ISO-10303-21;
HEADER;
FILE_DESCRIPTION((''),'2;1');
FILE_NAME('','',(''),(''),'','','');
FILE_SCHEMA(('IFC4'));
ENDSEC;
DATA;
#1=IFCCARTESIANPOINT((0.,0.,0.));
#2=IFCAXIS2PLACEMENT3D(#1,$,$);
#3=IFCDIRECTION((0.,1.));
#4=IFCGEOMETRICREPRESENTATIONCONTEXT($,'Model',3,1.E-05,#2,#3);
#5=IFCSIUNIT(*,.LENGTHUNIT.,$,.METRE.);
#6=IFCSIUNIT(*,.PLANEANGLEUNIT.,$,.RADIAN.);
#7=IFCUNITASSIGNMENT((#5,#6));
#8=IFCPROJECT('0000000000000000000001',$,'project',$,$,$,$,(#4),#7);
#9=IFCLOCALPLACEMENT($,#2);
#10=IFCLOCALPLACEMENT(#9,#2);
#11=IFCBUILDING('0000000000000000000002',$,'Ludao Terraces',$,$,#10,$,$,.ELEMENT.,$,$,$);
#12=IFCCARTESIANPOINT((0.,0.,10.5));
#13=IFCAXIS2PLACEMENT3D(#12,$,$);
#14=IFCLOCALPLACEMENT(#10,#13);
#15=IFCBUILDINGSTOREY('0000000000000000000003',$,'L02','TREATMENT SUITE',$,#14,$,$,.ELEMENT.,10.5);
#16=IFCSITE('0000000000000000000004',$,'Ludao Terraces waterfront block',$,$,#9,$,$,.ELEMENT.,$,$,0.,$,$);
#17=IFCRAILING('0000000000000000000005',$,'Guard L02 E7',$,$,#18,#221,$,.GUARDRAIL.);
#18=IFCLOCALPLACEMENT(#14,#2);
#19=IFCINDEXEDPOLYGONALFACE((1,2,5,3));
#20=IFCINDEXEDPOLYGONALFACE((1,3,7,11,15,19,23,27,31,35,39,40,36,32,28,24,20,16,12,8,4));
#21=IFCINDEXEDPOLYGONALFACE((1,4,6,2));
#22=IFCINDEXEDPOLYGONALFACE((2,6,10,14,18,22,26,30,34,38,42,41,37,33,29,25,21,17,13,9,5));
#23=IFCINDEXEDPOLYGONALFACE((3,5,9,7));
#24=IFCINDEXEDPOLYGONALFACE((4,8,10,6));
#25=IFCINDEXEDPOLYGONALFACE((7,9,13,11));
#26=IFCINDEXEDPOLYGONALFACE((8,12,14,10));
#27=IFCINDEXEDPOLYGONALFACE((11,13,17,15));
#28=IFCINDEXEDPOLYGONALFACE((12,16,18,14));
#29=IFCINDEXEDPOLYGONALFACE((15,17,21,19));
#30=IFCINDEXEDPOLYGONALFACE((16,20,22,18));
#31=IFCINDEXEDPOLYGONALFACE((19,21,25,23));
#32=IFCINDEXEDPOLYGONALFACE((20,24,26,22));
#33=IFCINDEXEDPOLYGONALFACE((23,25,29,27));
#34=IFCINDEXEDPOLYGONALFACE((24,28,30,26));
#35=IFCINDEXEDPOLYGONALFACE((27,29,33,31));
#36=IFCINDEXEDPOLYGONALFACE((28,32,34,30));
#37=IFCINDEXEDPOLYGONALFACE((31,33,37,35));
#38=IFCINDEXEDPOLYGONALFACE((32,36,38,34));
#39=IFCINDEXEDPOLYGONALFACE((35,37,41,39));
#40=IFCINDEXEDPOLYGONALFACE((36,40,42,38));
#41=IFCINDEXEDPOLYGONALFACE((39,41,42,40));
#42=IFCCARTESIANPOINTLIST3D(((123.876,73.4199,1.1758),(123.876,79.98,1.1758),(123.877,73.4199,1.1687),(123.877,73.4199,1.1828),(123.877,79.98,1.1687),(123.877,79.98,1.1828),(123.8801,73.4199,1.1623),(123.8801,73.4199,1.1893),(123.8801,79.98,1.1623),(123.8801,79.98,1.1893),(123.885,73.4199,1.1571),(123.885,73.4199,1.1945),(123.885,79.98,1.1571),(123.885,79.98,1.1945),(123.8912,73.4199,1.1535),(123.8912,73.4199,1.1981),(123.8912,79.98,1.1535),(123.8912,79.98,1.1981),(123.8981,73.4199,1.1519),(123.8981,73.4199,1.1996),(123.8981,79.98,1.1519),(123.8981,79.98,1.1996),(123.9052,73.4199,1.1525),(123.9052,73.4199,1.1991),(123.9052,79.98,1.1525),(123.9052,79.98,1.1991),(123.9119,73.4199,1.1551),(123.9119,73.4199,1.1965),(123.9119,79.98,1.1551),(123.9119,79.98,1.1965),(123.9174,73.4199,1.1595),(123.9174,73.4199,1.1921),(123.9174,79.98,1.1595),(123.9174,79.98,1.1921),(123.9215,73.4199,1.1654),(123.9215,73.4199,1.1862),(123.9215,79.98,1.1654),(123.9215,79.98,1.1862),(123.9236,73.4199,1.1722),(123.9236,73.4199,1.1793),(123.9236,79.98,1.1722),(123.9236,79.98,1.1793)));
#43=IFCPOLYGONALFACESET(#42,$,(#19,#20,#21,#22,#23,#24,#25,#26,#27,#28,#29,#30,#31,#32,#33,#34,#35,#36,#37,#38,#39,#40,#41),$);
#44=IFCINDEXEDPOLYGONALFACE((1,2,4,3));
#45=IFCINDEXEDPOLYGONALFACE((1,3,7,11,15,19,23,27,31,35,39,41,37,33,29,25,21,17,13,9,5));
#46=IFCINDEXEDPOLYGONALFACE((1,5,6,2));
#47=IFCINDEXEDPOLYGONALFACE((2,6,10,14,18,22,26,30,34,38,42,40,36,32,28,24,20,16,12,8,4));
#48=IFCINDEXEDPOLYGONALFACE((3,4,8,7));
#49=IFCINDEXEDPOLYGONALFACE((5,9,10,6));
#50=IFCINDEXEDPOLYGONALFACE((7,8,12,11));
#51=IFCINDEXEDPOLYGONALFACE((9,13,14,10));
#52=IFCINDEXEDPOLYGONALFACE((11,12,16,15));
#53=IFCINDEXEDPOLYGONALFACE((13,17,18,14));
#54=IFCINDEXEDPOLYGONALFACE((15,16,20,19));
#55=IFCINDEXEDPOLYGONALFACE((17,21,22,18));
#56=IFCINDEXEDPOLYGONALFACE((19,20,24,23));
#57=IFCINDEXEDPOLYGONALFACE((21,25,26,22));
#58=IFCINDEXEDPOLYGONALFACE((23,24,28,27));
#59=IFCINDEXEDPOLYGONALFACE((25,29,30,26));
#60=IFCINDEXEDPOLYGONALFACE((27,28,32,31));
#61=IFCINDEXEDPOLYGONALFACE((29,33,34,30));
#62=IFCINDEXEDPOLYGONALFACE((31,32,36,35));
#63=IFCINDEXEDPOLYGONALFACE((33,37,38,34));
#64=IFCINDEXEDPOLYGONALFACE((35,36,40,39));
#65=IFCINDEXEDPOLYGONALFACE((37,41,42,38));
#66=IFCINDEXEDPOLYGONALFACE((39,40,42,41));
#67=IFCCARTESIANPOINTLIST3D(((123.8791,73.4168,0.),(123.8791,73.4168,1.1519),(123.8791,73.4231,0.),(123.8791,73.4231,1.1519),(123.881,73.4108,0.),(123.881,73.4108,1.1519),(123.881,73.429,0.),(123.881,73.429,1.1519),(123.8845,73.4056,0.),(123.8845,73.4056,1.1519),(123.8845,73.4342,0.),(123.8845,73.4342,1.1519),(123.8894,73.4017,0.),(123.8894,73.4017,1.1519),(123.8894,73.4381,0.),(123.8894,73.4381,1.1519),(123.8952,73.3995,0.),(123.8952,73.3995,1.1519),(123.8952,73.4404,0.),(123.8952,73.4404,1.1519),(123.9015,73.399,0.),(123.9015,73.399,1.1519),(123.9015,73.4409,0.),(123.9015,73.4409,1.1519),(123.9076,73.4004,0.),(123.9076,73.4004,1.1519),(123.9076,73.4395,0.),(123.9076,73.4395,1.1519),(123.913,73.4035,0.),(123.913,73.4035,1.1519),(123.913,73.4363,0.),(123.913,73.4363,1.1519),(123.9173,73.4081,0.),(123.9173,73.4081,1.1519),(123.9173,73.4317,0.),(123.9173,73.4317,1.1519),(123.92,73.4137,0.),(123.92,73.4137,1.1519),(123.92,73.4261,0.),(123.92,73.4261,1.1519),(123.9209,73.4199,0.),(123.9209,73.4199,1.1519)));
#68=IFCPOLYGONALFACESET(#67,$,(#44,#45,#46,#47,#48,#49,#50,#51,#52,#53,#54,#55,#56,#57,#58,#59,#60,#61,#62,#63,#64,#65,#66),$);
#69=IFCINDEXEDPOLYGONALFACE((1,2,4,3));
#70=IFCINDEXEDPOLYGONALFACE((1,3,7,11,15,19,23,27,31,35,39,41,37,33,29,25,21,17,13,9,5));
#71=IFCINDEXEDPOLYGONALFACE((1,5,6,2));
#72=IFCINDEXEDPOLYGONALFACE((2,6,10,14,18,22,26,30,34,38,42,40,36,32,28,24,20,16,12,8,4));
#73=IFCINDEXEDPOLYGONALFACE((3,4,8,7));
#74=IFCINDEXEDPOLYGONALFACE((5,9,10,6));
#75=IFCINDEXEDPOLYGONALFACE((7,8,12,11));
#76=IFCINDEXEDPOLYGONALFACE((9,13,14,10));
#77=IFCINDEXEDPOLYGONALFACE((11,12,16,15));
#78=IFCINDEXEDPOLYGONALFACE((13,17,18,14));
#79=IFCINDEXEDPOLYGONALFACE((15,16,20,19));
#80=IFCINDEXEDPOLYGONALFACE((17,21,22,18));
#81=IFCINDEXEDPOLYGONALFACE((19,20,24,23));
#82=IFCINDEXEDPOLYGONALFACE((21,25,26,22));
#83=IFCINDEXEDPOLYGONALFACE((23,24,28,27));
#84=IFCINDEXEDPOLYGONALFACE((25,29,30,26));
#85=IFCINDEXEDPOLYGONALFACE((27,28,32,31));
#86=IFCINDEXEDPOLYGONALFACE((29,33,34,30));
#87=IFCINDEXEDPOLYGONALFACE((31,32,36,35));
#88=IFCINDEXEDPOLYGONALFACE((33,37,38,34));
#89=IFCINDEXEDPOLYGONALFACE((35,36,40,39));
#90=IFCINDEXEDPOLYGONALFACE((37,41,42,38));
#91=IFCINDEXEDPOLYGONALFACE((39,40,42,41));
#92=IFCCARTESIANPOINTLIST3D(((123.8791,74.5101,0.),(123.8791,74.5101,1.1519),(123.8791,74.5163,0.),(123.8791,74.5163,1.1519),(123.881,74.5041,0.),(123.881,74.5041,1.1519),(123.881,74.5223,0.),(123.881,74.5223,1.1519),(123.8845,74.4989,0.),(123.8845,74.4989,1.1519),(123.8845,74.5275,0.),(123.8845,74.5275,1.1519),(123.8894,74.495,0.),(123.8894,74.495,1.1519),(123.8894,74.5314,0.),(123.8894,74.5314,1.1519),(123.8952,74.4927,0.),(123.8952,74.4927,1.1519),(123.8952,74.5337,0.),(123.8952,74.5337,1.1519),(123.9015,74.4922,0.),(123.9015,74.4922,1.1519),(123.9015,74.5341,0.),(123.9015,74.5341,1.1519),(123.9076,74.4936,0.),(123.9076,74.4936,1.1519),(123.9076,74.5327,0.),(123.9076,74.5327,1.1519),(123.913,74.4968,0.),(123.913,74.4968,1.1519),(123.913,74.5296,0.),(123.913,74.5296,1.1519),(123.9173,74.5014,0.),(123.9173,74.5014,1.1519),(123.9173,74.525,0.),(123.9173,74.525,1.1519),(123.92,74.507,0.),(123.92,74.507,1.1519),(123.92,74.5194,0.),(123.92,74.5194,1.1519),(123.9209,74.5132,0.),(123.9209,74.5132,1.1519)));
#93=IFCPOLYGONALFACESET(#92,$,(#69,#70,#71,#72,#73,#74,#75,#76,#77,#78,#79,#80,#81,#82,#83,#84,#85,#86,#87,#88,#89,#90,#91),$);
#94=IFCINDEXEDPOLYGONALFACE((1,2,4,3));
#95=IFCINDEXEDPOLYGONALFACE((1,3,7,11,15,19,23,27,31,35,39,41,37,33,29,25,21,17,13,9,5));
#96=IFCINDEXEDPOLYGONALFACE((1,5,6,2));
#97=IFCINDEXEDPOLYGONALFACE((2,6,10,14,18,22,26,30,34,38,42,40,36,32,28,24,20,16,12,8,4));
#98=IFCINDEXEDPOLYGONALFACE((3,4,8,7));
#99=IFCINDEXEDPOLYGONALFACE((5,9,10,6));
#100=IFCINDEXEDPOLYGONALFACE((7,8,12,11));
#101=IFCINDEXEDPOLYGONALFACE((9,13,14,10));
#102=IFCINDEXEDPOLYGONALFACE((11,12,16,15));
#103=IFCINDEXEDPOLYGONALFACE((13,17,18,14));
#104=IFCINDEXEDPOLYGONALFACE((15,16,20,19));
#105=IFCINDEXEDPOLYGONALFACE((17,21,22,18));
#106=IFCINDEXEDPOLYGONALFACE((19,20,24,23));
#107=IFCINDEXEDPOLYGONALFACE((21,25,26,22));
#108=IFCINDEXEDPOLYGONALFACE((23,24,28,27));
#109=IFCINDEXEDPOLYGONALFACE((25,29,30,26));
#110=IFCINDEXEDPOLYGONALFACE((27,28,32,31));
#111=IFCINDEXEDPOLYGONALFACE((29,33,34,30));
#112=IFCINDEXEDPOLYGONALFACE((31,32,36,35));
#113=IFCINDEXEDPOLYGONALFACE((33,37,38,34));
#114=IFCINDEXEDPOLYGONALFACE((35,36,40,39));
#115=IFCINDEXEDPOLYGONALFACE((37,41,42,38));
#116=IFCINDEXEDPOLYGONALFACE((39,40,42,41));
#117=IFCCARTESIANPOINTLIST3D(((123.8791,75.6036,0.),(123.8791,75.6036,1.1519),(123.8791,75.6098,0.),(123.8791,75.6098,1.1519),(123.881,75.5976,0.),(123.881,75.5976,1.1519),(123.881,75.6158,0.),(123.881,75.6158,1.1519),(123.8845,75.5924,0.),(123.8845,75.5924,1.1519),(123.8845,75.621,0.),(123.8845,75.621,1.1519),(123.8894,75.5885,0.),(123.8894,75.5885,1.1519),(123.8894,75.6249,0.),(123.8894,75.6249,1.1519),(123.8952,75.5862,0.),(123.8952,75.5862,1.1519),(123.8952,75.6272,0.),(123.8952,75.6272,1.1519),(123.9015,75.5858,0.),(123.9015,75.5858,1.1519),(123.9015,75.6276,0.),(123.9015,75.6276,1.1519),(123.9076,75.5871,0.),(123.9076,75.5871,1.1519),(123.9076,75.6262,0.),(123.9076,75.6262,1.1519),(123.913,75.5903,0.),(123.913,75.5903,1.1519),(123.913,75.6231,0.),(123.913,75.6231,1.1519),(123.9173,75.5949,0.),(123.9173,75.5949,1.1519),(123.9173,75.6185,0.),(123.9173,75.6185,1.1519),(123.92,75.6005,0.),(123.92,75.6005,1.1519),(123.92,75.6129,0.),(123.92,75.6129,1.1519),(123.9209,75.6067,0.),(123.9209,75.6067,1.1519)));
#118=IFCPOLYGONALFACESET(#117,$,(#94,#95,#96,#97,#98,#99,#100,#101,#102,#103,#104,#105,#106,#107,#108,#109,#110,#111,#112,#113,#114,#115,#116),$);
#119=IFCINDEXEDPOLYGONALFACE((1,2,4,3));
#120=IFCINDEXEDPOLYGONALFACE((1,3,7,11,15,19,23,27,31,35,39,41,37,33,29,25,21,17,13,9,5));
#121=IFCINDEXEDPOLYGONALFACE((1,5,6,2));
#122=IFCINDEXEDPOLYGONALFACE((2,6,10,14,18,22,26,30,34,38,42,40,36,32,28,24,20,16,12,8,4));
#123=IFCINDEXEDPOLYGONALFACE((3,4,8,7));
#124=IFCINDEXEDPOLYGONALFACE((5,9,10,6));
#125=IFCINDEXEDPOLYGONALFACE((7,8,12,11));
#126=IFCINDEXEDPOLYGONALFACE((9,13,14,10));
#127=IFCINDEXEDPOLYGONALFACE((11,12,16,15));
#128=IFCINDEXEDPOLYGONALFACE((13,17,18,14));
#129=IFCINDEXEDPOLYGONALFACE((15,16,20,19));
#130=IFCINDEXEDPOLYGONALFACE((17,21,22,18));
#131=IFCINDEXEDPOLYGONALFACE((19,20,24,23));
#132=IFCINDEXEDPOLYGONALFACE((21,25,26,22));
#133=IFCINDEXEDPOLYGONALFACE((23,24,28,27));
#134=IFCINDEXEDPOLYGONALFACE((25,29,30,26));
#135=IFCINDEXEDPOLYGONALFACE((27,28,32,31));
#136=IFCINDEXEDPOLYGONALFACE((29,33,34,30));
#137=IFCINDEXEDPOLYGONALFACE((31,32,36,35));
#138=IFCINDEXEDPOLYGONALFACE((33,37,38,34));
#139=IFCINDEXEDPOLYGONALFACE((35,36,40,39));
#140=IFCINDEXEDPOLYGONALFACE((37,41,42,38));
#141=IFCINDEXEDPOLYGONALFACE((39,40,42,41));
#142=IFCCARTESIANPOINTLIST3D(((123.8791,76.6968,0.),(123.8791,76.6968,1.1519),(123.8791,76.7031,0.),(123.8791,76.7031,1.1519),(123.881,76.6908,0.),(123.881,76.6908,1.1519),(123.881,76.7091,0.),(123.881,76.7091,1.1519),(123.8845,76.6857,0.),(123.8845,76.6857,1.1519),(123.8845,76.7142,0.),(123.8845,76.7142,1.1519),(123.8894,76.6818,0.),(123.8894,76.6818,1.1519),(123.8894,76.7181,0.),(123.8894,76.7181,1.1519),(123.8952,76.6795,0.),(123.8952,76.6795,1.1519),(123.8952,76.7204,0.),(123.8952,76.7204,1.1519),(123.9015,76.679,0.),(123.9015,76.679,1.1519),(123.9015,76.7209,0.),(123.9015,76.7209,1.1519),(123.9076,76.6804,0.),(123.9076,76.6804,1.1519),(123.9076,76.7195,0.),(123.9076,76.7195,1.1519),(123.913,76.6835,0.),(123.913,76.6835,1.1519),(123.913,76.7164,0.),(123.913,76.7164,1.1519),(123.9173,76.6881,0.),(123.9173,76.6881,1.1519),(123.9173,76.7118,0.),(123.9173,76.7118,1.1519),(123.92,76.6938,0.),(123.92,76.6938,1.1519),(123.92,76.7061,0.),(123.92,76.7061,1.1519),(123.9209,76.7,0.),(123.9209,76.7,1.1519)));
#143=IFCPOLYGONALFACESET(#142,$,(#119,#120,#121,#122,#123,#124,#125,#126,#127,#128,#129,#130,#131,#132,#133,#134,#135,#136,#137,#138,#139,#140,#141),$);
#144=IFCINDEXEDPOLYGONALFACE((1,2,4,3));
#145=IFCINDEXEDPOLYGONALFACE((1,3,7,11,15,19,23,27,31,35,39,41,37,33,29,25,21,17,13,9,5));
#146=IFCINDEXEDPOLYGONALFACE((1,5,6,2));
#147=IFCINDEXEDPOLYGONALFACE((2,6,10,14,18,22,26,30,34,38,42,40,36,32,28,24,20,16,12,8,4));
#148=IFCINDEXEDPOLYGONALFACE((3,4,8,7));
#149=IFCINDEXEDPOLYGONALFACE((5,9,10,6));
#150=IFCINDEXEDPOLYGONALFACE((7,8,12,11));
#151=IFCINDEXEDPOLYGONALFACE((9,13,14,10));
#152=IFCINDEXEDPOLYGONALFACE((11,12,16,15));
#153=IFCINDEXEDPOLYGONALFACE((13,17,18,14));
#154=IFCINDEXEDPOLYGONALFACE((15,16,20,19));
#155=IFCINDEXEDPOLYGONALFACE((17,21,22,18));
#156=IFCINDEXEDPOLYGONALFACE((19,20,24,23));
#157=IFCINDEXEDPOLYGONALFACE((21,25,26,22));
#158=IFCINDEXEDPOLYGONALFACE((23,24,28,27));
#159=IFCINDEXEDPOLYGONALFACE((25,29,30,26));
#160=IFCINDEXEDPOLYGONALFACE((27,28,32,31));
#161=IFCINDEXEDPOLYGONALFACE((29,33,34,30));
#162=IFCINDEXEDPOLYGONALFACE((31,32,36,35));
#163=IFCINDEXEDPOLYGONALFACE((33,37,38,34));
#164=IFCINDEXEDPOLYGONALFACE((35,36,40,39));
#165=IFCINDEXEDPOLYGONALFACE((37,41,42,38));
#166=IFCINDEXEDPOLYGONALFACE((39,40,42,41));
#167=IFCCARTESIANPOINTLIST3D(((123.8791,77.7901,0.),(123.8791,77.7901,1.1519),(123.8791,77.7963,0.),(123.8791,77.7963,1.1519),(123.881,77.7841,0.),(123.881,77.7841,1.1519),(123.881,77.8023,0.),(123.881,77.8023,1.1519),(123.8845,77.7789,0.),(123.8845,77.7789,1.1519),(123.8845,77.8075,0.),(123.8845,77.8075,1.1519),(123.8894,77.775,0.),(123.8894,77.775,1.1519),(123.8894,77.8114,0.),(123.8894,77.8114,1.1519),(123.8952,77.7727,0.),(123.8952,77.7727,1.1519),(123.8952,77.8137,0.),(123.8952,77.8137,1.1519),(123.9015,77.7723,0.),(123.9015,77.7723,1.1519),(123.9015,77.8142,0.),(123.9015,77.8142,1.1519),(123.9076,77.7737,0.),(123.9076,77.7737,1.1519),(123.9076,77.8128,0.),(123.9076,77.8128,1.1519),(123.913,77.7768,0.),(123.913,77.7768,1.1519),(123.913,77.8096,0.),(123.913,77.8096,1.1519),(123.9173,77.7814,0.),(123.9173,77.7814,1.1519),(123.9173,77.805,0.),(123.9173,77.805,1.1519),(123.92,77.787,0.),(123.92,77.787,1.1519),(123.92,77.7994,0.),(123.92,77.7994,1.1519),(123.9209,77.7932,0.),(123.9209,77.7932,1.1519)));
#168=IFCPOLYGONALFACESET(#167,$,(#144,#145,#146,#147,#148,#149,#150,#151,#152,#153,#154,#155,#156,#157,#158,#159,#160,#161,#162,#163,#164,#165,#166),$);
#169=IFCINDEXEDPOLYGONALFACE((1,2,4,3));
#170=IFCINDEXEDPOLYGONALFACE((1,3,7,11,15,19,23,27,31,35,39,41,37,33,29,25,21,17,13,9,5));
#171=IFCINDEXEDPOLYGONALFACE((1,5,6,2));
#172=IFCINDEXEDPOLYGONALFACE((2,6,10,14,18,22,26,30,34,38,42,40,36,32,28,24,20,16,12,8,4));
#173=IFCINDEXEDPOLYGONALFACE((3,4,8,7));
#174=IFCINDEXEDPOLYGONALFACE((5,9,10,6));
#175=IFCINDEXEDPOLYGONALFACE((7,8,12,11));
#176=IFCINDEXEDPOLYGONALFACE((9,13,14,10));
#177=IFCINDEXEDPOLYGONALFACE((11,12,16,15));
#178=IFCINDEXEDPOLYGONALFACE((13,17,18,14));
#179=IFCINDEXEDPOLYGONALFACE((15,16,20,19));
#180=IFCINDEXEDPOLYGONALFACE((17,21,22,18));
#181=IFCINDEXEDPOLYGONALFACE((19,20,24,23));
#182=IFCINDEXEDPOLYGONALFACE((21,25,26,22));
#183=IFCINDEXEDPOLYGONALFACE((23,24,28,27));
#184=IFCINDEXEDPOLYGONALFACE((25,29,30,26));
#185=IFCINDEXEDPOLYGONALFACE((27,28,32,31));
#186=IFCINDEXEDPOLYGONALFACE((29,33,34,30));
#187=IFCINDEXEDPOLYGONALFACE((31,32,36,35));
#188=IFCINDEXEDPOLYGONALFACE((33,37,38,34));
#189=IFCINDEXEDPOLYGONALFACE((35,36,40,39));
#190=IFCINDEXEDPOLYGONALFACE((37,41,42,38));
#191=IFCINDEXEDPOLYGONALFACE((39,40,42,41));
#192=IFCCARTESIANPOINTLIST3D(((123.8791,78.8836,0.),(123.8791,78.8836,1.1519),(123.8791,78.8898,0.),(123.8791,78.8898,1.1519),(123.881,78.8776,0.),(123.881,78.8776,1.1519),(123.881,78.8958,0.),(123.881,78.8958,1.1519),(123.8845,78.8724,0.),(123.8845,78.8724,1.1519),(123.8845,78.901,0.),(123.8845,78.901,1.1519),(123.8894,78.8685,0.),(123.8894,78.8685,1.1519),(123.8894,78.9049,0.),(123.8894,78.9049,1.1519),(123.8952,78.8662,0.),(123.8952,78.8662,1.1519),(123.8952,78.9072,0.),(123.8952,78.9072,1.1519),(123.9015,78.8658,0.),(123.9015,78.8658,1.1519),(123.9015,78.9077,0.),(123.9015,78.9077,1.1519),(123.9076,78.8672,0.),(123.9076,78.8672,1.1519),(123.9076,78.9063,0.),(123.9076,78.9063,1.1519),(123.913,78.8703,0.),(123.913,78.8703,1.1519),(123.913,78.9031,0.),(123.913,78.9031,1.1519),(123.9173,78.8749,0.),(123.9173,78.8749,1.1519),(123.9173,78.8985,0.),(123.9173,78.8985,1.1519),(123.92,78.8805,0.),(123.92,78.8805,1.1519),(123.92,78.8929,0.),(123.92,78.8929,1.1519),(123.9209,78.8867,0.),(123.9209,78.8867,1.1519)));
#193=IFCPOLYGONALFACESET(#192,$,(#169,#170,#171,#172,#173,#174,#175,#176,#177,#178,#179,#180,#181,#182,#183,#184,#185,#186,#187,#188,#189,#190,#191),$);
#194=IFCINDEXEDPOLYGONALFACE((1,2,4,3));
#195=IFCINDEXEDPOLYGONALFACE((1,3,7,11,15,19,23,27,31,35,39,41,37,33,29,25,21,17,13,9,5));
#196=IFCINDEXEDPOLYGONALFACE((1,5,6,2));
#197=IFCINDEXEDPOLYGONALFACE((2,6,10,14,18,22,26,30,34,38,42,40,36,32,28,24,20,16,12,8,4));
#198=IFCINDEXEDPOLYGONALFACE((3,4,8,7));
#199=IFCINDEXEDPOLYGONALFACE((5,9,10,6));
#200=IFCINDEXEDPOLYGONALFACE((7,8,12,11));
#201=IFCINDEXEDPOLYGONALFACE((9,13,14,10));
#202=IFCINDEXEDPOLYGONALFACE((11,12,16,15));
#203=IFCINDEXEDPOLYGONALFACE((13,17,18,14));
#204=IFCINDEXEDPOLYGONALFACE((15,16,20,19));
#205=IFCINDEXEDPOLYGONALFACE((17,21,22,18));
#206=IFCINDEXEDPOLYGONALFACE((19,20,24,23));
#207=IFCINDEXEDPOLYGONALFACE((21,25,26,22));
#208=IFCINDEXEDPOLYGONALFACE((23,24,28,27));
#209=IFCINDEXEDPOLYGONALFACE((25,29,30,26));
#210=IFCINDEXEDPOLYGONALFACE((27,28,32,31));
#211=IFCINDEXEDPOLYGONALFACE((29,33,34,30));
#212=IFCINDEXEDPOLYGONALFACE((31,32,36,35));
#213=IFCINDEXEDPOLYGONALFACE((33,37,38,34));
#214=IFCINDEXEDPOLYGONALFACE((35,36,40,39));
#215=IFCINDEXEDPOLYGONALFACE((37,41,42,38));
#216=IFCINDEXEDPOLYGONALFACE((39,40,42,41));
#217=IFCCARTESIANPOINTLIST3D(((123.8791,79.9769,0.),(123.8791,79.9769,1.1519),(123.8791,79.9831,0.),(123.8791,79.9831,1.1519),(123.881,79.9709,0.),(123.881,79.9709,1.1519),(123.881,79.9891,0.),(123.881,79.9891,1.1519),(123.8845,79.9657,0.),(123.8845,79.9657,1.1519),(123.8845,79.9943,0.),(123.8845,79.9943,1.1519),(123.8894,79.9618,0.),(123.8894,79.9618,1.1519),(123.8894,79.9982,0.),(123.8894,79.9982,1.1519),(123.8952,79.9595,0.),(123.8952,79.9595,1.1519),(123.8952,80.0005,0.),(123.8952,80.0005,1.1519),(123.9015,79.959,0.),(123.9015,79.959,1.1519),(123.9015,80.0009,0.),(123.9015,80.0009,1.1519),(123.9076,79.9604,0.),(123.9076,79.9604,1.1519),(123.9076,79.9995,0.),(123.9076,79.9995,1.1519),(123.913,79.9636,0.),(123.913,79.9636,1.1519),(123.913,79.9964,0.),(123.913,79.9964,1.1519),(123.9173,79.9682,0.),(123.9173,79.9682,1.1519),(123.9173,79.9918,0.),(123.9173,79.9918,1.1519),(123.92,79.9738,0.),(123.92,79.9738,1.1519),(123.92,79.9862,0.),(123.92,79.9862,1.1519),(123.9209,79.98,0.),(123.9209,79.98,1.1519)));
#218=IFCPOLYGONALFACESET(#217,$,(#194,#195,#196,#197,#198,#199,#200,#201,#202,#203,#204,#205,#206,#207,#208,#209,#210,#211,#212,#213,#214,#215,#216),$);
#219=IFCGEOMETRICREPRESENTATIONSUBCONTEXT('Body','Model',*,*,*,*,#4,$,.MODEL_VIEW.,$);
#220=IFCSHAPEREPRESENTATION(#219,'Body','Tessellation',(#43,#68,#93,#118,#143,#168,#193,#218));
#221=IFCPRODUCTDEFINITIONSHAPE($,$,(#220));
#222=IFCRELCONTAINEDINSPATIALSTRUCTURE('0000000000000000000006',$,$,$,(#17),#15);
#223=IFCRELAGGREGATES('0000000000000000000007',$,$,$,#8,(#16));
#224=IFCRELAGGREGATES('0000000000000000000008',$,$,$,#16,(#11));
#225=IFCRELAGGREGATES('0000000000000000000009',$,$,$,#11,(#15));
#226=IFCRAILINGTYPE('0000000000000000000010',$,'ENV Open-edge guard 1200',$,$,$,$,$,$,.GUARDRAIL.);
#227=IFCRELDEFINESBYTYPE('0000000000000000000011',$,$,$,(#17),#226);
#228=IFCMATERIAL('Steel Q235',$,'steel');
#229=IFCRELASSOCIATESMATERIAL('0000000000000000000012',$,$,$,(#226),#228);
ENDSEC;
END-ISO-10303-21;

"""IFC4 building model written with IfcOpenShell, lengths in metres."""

from ifc_helpers import new_model, si_unit, direction, frame, origin, origin_2d, place, context, subcontext, project, spatial, circle, extrude, material, type_object, element, save


model = new_model("IFC4")

# Units and contexts
model_context = context("Model", 3, precision=1e-05, world=origin(), true_north=direction((0.0, 1.0)))
body_context = subcontext(model_context, "Body", "Model", "MODEL_VIEW")
ifc_project = project(units=[si_unit("LENGTHUNIT", "METRE"), si_unit("PLANEANGLEUNIT", "RADIAN")], contexts=[model_context])

# Site, building, storey
site_placement = place(None, origin())
site = spatial("IfcSite", under=ifc_project, at=site_placement, Name="Ludao Terraces waterfront block", CompositionType="ELEMENT", RefElevation=0.0)
building_placement = place(site_placement, origin())
building = spatial("IfcBuilding", under=site, at=building_placement, Name="Ludao Terraces", CompositionType="ELEMENT")
storey_placement = place(building_placement, frame((0.0, 0.0, 10.5)))
storey = spatial("IfcBuildingStorey", under=building, at=storey_placement, Name="L02", Description="TREATMENT SUITE", CompositionType="ELEMENT", Elevation=10.5)

# Shared definitions
ifc_material_1 = material(Name="Steel Q235", Category="steel")

# Railing
railing_type = type_object("IfcRailingType", Name="ENV Open-edge guard 1200", PredefinedType="GUARDRAIL", material=ifc_material_1)
railing_placement = place(storey_placement, frame((123.8999, 73.4199, 0.0)))
element("IfcRailing", 1, at=railing_placement, inside=storey, type_object=railing_type, Name="Guard L02 E7", PredefinedType="GUARDRAIL", context=body_context, shape_type="SweptSolid", body=[
    extrude(circle(Radius=0.0239, at=origin_2d()), frame((0.0, 0.0, 1.1758), z_axis=(0.0, 1.0, 0.0), x_axis=(-1.0, 0.0, 0.0)), (0.0, 0.0, 1.0), 6.5601),
    extrude(circle(Radius=0.021, at=origin_2d()), origin(), (0.0, 0.0, 1.0), 1.1519),
    extrude(circle(Radius=0.021, at=origin_2d()), frame((0.0, 1.0933, 0.0)), (0.0, 0.0, 1.0), 1.1519),
    extrude(circle(Radius=0.021, at=origin_2d()), frame((0.0, 2.1868, 0.0)), (0.0, 0.0, 1.0), 1.1519),
    extrude(circle(Radius=0.021, at=origin_2d()), frame((0.0, 3.28, 0.0)), (0.0, 0.0, 1.0), 1.1519),
    extrude(circle(Radius=0.021, at=origin_2d()), frame((0.0, 4.3733, 0.0)), (0.0, 0.0, 1.0), 1.1519),
    extrude(circle(Radius=0.021, at=origin_2d()), frame((0.0, 5.4668, 0.0)), (0.0, 0.0, 1.0), 1.1519),
    extrude(circle(Radius=0.021, at=origin_2d()), frame((0.0, 6.5601, 0.0)), (0.0, 0.0, 1.0), 1.1519),
])

save(model, "model.ifc")
